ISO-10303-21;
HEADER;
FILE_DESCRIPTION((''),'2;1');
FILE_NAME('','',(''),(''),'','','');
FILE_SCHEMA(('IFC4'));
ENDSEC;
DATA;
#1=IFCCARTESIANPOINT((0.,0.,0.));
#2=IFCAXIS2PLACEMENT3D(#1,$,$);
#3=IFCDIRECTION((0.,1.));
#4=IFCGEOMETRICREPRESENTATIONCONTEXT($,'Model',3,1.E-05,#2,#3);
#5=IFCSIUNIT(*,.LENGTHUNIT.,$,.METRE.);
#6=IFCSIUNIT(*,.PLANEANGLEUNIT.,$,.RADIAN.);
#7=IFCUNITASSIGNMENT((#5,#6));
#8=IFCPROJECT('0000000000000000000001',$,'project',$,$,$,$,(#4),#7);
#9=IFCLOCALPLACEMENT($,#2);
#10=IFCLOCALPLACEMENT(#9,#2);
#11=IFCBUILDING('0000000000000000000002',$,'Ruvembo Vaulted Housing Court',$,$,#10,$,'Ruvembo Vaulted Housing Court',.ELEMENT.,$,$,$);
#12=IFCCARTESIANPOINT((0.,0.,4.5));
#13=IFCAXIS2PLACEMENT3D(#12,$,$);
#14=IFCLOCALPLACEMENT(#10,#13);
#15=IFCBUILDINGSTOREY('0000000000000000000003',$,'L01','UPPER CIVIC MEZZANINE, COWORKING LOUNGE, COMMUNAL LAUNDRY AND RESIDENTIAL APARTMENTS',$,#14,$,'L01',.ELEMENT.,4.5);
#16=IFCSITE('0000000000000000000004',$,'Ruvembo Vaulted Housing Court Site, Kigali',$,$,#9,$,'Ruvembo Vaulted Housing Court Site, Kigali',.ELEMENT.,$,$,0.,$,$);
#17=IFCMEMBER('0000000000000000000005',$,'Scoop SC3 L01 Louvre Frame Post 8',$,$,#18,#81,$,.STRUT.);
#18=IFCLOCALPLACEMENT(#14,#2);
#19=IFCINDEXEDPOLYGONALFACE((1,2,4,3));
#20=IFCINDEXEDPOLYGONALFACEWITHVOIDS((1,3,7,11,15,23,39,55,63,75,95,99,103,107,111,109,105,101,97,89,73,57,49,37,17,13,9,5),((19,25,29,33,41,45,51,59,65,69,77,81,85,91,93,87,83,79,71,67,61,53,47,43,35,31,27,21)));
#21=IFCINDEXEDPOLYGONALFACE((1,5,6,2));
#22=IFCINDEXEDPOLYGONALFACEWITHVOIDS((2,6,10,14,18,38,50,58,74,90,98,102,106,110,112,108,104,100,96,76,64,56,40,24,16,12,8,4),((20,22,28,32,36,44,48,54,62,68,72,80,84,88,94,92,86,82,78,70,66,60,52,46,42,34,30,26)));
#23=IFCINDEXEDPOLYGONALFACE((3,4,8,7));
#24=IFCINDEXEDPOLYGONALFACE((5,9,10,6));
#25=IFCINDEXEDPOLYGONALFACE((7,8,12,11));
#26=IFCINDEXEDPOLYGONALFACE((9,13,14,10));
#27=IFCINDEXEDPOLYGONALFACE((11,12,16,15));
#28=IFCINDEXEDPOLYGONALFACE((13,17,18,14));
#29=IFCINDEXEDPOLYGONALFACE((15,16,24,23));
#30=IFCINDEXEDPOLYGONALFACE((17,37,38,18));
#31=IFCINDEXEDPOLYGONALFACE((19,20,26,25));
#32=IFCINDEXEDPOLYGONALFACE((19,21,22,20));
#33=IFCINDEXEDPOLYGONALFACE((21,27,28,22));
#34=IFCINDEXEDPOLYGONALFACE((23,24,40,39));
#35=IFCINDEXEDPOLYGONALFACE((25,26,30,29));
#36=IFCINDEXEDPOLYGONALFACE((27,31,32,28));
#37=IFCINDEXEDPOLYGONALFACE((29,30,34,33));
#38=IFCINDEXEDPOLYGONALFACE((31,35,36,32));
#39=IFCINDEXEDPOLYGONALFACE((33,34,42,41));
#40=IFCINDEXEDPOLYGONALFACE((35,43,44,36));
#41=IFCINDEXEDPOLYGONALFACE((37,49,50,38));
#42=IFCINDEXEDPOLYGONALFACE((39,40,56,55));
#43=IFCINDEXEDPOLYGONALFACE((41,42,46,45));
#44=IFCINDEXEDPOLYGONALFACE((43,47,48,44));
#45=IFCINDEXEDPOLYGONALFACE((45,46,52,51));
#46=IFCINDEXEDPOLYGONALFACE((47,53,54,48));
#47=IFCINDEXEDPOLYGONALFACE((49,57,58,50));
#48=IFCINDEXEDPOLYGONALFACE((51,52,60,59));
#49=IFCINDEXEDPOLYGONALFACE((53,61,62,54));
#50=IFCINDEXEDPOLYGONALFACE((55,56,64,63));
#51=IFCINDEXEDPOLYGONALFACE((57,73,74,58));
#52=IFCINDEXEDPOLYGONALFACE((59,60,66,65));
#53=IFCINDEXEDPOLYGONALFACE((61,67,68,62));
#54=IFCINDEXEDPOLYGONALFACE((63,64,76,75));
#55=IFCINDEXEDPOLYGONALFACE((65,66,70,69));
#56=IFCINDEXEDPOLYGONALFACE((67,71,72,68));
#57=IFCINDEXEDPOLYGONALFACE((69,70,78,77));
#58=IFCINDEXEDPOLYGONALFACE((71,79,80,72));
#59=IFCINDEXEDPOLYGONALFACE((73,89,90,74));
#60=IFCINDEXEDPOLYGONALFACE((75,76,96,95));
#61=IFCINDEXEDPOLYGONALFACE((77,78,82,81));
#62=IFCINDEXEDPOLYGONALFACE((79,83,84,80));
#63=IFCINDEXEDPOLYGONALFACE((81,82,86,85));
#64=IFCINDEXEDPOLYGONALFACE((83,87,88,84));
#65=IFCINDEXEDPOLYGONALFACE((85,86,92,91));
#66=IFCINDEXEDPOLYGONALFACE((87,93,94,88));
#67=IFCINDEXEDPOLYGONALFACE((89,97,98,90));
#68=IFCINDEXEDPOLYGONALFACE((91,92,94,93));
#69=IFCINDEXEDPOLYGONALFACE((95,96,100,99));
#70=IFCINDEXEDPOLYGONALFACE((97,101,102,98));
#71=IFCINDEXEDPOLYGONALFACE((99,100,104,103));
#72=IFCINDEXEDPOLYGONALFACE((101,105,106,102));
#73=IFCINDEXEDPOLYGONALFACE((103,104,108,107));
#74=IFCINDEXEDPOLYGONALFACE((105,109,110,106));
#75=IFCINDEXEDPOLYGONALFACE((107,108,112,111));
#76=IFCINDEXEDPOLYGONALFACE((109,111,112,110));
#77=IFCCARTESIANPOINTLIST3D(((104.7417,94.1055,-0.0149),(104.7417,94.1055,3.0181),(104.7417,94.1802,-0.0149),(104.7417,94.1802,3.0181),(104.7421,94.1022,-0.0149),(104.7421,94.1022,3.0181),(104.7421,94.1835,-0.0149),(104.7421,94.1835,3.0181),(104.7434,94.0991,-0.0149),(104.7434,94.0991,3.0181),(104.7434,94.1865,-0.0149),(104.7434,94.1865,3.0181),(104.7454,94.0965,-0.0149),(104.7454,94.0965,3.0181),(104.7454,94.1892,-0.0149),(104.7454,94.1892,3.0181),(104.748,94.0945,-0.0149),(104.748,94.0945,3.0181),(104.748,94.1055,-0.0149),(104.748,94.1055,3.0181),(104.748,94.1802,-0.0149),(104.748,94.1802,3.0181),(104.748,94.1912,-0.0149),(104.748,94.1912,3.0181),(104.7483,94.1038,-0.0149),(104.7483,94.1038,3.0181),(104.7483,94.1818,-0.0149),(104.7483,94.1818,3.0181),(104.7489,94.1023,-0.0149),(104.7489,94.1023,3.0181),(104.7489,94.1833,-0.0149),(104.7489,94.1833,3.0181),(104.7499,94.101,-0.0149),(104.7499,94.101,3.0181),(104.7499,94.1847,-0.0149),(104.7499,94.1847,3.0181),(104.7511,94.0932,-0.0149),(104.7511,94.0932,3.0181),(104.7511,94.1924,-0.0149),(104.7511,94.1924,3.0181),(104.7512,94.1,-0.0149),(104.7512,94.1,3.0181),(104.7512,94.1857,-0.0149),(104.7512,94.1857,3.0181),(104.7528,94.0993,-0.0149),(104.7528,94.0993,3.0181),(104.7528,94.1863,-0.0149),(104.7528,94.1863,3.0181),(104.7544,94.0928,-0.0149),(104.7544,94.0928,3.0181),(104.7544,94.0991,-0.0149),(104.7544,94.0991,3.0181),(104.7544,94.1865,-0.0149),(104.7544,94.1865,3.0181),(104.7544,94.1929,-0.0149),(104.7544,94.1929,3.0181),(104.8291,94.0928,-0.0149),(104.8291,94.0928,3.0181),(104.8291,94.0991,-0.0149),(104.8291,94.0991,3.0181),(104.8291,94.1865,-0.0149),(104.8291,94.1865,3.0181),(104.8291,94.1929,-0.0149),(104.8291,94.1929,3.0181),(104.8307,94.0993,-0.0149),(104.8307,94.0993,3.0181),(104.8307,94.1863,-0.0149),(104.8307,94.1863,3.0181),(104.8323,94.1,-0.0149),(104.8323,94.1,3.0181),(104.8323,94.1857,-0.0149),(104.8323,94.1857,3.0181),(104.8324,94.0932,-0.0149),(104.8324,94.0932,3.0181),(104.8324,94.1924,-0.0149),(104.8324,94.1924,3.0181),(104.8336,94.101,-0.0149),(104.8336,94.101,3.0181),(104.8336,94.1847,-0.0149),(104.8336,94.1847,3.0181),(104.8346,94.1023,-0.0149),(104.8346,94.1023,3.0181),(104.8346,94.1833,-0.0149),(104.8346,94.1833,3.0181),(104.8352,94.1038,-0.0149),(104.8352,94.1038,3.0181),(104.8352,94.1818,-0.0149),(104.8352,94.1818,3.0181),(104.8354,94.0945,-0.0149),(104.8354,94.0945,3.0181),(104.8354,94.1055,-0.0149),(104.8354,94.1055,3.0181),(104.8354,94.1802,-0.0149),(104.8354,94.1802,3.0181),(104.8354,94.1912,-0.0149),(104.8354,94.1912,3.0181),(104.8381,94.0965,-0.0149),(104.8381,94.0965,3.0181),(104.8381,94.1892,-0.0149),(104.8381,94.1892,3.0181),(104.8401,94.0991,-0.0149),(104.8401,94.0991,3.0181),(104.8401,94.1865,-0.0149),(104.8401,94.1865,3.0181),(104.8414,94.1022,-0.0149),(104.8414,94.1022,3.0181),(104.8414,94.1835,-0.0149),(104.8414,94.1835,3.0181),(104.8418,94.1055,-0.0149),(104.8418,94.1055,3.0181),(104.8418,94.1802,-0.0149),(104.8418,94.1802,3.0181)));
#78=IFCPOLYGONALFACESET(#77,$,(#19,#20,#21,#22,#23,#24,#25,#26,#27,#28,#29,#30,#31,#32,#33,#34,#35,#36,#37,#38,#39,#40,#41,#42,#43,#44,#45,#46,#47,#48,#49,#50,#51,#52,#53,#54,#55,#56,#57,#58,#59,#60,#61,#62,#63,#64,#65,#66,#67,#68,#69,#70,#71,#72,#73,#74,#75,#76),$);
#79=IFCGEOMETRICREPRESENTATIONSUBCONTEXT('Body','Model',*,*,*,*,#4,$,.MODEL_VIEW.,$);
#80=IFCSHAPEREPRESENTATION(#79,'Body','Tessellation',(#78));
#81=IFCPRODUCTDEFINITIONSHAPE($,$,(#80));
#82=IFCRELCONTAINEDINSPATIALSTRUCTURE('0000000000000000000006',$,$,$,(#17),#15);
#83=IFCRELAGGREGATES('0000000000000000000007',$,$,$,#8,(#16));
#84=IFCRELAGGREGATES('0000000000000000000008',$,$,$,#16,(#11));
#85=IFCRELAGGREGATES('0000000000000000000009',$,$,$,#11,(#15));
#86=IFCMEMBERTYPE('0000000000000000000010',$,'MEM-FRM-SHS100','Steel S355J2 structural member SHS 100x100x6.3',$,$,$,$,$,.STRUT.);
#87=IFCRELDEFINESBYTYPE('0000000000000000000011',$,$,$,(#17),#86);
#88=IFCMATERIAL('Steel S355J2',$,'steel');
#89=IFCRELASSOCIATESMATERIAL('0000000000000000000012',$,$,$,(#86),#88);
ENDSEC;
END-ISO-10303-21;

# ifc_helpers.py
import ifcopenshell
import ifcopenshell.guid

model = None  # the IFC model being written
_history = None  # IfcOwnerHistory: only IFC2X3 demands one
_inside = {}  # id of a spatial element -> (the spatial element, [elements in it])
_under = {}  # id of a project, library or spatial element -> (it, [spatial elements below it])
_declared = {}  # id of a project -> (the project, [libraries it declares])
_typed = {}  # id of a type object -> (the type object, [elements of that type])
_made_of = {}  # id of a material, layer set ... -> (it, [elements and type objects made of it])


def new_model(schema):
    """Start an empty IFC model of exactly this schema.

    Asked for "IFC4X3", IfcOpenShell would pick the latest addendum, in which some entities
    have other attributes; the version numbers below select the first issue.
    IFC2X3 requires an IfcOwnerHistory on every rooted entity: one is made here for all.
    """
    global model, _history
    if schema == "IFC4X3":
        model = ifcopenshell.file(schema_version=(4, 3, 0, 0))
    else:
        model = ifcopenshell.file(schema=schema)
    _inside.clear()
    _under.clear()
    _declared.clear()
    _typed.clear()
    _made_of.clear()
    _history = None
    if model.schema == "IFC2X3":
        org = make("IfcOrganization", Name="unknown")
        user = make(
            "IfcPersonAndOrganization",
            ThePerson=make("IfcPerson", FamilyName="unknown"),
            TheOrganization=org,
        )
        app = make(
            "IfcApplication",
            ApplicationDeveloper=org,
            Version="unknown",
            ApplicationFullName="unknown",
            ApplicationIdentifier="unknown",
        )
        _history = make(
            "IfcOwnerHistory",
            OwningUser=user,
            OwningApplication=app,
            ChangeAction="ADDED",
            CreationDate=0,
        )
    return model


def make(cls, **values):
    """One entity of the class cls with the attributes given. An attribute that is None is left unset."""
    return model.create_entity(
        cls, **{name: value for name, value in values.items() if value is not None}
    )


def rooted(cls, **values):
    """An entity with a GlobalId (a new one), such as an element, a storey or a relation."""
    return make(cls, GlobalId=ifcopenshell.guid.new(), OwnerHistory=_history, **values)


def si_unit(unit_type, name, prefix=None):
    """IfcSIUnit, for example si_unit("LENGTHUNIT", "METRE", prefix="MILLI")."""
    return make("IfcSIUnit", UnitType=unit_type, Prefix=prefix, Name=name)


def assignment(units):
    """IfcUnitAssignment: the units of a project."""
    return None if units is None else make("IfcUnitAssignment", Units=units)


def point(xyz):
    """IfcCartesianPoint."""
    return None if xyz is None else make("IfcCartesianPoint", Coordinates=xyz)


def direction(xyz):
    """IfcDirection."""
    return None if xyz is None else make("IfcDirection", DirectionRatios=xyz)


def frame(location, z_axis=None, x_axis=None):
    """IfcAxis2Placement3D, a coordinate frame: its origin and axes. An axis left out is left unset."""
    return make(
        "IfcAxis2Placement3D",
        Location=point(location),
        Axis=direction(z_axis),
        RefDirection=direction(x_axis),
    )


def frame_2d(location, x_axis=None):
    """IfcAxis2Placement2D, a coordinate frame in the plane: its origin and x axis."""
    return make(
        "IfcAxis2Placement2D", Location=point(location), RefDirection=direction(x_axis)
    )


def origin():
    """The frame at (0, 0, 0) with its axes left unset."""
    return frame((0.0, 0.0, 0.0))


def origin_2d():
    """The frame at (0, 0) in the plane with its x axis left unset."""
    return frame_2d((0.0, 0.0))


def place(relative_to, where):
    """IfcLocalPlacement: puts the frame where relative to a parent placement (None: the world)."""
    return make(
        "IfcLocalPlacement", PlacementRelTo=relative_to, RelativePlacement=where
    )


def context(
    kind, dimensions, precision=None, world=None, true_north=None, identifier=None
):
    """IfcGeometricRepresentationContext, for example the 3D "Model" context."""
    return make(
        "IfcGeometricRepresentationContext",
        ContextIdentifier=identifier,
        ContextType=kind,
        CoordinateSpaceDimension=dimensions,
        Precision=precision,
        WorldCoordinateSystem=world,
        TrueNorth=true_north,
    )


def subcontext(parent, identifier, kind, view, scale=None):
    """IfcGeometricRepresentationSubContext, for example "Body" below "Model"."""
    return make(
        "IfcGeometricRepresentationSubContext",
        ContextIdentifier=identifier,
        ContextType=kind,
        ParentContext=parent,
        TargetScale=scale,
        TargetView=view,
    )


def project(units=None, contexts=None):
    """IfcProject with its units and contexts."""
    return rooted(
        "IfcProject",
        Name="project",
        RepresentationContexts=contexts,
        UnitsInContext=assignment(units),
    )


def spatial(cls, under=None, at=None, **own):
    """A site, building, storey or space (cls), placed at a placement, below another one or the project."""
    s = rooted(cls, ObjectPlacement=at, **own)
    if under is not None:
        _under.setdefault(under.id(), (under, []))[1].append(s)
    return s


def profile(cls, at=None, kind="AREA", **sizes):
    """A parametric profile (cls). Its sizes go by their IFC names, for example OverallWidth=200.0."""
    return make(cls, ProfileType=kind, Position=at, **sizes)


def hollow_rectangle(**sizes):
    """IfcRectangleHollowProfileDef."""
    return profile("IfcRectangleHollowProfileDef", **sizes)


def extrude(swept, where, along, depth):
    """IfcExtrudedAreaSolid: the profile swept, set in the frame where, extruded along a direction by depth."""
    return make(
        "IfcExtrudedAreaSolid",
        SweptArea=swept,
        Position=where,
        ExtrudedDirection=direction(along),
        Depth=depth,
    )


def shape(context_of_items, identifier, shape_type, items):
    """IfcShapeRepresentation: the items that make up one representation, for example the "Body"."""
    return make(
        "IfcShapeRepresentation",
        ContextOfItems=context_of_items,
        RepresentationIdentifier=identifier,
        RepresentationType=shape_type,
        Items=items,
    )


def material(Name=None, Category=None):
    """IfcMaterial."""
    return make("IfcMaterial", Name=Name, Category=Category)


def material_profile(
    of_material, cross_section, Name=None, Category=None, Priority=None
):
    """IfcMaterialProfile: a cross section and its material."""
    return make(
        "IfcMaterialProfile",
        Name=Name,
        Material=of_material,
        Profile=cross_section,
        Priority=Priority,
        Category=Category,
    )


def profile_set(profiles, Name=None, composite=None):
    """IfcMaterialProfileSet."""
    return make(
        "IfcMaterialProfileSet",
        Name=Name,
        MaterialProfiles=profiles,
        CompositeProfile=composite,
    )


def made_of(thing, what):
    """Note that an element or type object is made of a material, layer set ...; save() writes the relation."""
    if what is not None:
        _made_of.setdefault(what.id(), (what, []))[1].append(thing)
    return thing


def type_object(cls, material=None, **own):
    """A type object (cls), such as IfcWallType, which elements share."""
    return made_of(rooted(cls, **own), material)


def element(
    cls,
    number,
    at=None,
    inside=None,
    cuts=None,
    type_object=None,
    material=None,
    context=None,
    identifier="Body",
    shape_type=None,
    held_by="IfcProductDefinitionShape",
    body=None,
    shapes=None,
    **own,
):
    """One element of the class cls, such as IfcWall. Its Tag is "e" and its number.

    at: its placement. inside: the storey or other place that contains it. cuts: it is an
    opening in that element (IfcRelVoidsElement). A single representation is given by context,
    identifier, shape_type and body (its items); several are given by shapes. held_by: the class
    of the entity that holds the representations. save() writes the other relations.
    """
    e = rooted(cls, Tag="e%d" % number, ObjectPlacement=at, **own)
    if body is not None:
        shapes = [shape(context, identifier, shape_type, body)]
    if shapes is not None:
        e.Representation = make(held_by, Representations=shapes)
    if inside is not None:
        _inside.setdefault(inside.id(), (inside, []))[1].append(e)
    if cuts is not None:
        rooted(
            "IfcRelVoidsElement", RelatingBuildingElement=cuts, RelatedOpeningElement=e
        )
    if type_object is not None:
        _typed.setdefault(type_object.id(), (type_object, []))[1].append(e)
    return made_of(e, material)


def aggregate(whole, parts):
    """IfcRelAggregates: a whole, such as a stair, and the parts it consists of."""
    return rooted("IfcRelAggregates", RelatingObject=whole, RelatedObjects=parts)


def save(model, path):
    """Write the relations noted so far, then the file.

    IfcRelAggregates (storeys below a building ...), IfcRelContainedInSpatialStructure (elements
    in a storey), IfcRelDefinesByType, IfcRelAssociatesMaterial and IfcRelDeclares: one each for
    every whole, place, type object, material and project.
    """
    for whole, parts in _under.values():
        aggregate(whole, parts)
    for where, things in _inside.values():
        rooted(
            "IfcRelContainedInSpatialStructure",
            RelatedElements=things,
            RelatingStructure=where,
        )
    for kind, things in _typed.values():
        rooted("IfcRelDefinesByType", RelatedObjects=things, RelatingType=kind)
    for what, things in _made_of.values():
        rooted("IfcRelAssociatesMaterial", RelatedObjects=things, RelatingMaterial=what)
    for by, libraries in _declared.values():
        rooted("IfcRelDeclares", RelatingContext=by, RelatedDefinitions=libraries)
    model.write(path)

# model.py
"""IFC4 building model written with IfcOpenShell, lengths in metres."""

from ifc_helpers import new_model, si_unit, direction, frame, origin, origin_2d, place, context, subcontext, project, spatial, hollow_rectangle, extrude, material, material_profile, profile_set, type_object, element, save


model = new_model("IFC4")

# Units and contexts
model_context = context("Model", 3, precision=1e-05, world=origin(), true_north=direction((0.0, 1.0)))
body_context = subcontext(model_context, "Body", "Model", "MODEL_VIEW")
ifc_project = project(units=[si_unit("LENGTHUNIT", "METRE"), si_unit("PLANEANGLEUNIT", "RADIAN")], contexts=[model_context])

# Site, building, storey
site_placement = place(None, origin())
site = spatial("IfcSite", under=ifc_project, at=site_placement, Name="Ruvembo Vaulted Housing Court Site, Kigali", LongName="Ruvembo Vaulted Housing Court Site, Kigali", CompositionType="ELEMENT", RefElevation=0.0)
building_placement = place(site_placement, origin())
building = spatial("IfcBuilding", under=site, at=building_placement, Name="Ruvembo Vaulted Housing Court", LongName="Ruvembo Vaulted Housing Court", CompositionType="ELEMENT")
storey_placement = place(building_placement, frame((0.0, 0.0, 4.5)))
storey = spatial("IfcBuildingStorey", under=building, at=storey_placement, Name="L01", Description="UPPER CIVIC MEZZANINE, COWORKING LOUNGE, COMMUNAL LAUNDRY AND RESIDENTIAL APARTMENTS", LongName="L01", CompositionType="ELEMENT", Elevation=4.5)

# Shared definitions
ifc_material_1 = material(Name="Steel S355J2", Category="steel")

# Member
ifc_material_profile_1 = material_profile(ifc_material_1, hollow_rectangle(XDim=0.1001, YDim=0.1001, WallThickness=0.0063, InnerFilletRadius=0.0063, OuterFilletRadius=0.0127, at=origin_2d()), Name="SHS 100x100x6.3")
ifc_profile_set_1 = profile_set([ifc_material_profile_1], Name="Steel S355J2")
member_type_1 = type_object("IfcMemberType", Name="MEM-FRM-SHS100", Description="Steel S355J2 structural member SHS 100x100x6.3", PredefinedType="STRUT", material=ifc_profile_set_1)
for number, where, z_axis, x_axis, name in (
    (1, (104.7917, 94.1428, -0.0149), (0.0, 0.0, 1.0), (1.0, 0.0, 0.0), "Scoop SC3 L01 Louvre Frame Post 8"),
):
    element("IfcMember", number, at=place(storey_placement, frame(where, z_axis=z_axis, x_axis=x_axis)), inside=storey, type_object=member_type_1, Name=name, PredefinedType="STRUT", context=body_context, shape_type="SweptSolid", body=[
        extrude(hollow_rectangle(XDim=0.1001, YDim=0.1001, WallThickness=0.0063, InnerFilletRadius=0.0063, OuterFilletRadius=0.0127, at=origin_2d()), origin(), (0.0, 0.0, 1.0), 3.033),
    ])

save(model, "model.ifc")
